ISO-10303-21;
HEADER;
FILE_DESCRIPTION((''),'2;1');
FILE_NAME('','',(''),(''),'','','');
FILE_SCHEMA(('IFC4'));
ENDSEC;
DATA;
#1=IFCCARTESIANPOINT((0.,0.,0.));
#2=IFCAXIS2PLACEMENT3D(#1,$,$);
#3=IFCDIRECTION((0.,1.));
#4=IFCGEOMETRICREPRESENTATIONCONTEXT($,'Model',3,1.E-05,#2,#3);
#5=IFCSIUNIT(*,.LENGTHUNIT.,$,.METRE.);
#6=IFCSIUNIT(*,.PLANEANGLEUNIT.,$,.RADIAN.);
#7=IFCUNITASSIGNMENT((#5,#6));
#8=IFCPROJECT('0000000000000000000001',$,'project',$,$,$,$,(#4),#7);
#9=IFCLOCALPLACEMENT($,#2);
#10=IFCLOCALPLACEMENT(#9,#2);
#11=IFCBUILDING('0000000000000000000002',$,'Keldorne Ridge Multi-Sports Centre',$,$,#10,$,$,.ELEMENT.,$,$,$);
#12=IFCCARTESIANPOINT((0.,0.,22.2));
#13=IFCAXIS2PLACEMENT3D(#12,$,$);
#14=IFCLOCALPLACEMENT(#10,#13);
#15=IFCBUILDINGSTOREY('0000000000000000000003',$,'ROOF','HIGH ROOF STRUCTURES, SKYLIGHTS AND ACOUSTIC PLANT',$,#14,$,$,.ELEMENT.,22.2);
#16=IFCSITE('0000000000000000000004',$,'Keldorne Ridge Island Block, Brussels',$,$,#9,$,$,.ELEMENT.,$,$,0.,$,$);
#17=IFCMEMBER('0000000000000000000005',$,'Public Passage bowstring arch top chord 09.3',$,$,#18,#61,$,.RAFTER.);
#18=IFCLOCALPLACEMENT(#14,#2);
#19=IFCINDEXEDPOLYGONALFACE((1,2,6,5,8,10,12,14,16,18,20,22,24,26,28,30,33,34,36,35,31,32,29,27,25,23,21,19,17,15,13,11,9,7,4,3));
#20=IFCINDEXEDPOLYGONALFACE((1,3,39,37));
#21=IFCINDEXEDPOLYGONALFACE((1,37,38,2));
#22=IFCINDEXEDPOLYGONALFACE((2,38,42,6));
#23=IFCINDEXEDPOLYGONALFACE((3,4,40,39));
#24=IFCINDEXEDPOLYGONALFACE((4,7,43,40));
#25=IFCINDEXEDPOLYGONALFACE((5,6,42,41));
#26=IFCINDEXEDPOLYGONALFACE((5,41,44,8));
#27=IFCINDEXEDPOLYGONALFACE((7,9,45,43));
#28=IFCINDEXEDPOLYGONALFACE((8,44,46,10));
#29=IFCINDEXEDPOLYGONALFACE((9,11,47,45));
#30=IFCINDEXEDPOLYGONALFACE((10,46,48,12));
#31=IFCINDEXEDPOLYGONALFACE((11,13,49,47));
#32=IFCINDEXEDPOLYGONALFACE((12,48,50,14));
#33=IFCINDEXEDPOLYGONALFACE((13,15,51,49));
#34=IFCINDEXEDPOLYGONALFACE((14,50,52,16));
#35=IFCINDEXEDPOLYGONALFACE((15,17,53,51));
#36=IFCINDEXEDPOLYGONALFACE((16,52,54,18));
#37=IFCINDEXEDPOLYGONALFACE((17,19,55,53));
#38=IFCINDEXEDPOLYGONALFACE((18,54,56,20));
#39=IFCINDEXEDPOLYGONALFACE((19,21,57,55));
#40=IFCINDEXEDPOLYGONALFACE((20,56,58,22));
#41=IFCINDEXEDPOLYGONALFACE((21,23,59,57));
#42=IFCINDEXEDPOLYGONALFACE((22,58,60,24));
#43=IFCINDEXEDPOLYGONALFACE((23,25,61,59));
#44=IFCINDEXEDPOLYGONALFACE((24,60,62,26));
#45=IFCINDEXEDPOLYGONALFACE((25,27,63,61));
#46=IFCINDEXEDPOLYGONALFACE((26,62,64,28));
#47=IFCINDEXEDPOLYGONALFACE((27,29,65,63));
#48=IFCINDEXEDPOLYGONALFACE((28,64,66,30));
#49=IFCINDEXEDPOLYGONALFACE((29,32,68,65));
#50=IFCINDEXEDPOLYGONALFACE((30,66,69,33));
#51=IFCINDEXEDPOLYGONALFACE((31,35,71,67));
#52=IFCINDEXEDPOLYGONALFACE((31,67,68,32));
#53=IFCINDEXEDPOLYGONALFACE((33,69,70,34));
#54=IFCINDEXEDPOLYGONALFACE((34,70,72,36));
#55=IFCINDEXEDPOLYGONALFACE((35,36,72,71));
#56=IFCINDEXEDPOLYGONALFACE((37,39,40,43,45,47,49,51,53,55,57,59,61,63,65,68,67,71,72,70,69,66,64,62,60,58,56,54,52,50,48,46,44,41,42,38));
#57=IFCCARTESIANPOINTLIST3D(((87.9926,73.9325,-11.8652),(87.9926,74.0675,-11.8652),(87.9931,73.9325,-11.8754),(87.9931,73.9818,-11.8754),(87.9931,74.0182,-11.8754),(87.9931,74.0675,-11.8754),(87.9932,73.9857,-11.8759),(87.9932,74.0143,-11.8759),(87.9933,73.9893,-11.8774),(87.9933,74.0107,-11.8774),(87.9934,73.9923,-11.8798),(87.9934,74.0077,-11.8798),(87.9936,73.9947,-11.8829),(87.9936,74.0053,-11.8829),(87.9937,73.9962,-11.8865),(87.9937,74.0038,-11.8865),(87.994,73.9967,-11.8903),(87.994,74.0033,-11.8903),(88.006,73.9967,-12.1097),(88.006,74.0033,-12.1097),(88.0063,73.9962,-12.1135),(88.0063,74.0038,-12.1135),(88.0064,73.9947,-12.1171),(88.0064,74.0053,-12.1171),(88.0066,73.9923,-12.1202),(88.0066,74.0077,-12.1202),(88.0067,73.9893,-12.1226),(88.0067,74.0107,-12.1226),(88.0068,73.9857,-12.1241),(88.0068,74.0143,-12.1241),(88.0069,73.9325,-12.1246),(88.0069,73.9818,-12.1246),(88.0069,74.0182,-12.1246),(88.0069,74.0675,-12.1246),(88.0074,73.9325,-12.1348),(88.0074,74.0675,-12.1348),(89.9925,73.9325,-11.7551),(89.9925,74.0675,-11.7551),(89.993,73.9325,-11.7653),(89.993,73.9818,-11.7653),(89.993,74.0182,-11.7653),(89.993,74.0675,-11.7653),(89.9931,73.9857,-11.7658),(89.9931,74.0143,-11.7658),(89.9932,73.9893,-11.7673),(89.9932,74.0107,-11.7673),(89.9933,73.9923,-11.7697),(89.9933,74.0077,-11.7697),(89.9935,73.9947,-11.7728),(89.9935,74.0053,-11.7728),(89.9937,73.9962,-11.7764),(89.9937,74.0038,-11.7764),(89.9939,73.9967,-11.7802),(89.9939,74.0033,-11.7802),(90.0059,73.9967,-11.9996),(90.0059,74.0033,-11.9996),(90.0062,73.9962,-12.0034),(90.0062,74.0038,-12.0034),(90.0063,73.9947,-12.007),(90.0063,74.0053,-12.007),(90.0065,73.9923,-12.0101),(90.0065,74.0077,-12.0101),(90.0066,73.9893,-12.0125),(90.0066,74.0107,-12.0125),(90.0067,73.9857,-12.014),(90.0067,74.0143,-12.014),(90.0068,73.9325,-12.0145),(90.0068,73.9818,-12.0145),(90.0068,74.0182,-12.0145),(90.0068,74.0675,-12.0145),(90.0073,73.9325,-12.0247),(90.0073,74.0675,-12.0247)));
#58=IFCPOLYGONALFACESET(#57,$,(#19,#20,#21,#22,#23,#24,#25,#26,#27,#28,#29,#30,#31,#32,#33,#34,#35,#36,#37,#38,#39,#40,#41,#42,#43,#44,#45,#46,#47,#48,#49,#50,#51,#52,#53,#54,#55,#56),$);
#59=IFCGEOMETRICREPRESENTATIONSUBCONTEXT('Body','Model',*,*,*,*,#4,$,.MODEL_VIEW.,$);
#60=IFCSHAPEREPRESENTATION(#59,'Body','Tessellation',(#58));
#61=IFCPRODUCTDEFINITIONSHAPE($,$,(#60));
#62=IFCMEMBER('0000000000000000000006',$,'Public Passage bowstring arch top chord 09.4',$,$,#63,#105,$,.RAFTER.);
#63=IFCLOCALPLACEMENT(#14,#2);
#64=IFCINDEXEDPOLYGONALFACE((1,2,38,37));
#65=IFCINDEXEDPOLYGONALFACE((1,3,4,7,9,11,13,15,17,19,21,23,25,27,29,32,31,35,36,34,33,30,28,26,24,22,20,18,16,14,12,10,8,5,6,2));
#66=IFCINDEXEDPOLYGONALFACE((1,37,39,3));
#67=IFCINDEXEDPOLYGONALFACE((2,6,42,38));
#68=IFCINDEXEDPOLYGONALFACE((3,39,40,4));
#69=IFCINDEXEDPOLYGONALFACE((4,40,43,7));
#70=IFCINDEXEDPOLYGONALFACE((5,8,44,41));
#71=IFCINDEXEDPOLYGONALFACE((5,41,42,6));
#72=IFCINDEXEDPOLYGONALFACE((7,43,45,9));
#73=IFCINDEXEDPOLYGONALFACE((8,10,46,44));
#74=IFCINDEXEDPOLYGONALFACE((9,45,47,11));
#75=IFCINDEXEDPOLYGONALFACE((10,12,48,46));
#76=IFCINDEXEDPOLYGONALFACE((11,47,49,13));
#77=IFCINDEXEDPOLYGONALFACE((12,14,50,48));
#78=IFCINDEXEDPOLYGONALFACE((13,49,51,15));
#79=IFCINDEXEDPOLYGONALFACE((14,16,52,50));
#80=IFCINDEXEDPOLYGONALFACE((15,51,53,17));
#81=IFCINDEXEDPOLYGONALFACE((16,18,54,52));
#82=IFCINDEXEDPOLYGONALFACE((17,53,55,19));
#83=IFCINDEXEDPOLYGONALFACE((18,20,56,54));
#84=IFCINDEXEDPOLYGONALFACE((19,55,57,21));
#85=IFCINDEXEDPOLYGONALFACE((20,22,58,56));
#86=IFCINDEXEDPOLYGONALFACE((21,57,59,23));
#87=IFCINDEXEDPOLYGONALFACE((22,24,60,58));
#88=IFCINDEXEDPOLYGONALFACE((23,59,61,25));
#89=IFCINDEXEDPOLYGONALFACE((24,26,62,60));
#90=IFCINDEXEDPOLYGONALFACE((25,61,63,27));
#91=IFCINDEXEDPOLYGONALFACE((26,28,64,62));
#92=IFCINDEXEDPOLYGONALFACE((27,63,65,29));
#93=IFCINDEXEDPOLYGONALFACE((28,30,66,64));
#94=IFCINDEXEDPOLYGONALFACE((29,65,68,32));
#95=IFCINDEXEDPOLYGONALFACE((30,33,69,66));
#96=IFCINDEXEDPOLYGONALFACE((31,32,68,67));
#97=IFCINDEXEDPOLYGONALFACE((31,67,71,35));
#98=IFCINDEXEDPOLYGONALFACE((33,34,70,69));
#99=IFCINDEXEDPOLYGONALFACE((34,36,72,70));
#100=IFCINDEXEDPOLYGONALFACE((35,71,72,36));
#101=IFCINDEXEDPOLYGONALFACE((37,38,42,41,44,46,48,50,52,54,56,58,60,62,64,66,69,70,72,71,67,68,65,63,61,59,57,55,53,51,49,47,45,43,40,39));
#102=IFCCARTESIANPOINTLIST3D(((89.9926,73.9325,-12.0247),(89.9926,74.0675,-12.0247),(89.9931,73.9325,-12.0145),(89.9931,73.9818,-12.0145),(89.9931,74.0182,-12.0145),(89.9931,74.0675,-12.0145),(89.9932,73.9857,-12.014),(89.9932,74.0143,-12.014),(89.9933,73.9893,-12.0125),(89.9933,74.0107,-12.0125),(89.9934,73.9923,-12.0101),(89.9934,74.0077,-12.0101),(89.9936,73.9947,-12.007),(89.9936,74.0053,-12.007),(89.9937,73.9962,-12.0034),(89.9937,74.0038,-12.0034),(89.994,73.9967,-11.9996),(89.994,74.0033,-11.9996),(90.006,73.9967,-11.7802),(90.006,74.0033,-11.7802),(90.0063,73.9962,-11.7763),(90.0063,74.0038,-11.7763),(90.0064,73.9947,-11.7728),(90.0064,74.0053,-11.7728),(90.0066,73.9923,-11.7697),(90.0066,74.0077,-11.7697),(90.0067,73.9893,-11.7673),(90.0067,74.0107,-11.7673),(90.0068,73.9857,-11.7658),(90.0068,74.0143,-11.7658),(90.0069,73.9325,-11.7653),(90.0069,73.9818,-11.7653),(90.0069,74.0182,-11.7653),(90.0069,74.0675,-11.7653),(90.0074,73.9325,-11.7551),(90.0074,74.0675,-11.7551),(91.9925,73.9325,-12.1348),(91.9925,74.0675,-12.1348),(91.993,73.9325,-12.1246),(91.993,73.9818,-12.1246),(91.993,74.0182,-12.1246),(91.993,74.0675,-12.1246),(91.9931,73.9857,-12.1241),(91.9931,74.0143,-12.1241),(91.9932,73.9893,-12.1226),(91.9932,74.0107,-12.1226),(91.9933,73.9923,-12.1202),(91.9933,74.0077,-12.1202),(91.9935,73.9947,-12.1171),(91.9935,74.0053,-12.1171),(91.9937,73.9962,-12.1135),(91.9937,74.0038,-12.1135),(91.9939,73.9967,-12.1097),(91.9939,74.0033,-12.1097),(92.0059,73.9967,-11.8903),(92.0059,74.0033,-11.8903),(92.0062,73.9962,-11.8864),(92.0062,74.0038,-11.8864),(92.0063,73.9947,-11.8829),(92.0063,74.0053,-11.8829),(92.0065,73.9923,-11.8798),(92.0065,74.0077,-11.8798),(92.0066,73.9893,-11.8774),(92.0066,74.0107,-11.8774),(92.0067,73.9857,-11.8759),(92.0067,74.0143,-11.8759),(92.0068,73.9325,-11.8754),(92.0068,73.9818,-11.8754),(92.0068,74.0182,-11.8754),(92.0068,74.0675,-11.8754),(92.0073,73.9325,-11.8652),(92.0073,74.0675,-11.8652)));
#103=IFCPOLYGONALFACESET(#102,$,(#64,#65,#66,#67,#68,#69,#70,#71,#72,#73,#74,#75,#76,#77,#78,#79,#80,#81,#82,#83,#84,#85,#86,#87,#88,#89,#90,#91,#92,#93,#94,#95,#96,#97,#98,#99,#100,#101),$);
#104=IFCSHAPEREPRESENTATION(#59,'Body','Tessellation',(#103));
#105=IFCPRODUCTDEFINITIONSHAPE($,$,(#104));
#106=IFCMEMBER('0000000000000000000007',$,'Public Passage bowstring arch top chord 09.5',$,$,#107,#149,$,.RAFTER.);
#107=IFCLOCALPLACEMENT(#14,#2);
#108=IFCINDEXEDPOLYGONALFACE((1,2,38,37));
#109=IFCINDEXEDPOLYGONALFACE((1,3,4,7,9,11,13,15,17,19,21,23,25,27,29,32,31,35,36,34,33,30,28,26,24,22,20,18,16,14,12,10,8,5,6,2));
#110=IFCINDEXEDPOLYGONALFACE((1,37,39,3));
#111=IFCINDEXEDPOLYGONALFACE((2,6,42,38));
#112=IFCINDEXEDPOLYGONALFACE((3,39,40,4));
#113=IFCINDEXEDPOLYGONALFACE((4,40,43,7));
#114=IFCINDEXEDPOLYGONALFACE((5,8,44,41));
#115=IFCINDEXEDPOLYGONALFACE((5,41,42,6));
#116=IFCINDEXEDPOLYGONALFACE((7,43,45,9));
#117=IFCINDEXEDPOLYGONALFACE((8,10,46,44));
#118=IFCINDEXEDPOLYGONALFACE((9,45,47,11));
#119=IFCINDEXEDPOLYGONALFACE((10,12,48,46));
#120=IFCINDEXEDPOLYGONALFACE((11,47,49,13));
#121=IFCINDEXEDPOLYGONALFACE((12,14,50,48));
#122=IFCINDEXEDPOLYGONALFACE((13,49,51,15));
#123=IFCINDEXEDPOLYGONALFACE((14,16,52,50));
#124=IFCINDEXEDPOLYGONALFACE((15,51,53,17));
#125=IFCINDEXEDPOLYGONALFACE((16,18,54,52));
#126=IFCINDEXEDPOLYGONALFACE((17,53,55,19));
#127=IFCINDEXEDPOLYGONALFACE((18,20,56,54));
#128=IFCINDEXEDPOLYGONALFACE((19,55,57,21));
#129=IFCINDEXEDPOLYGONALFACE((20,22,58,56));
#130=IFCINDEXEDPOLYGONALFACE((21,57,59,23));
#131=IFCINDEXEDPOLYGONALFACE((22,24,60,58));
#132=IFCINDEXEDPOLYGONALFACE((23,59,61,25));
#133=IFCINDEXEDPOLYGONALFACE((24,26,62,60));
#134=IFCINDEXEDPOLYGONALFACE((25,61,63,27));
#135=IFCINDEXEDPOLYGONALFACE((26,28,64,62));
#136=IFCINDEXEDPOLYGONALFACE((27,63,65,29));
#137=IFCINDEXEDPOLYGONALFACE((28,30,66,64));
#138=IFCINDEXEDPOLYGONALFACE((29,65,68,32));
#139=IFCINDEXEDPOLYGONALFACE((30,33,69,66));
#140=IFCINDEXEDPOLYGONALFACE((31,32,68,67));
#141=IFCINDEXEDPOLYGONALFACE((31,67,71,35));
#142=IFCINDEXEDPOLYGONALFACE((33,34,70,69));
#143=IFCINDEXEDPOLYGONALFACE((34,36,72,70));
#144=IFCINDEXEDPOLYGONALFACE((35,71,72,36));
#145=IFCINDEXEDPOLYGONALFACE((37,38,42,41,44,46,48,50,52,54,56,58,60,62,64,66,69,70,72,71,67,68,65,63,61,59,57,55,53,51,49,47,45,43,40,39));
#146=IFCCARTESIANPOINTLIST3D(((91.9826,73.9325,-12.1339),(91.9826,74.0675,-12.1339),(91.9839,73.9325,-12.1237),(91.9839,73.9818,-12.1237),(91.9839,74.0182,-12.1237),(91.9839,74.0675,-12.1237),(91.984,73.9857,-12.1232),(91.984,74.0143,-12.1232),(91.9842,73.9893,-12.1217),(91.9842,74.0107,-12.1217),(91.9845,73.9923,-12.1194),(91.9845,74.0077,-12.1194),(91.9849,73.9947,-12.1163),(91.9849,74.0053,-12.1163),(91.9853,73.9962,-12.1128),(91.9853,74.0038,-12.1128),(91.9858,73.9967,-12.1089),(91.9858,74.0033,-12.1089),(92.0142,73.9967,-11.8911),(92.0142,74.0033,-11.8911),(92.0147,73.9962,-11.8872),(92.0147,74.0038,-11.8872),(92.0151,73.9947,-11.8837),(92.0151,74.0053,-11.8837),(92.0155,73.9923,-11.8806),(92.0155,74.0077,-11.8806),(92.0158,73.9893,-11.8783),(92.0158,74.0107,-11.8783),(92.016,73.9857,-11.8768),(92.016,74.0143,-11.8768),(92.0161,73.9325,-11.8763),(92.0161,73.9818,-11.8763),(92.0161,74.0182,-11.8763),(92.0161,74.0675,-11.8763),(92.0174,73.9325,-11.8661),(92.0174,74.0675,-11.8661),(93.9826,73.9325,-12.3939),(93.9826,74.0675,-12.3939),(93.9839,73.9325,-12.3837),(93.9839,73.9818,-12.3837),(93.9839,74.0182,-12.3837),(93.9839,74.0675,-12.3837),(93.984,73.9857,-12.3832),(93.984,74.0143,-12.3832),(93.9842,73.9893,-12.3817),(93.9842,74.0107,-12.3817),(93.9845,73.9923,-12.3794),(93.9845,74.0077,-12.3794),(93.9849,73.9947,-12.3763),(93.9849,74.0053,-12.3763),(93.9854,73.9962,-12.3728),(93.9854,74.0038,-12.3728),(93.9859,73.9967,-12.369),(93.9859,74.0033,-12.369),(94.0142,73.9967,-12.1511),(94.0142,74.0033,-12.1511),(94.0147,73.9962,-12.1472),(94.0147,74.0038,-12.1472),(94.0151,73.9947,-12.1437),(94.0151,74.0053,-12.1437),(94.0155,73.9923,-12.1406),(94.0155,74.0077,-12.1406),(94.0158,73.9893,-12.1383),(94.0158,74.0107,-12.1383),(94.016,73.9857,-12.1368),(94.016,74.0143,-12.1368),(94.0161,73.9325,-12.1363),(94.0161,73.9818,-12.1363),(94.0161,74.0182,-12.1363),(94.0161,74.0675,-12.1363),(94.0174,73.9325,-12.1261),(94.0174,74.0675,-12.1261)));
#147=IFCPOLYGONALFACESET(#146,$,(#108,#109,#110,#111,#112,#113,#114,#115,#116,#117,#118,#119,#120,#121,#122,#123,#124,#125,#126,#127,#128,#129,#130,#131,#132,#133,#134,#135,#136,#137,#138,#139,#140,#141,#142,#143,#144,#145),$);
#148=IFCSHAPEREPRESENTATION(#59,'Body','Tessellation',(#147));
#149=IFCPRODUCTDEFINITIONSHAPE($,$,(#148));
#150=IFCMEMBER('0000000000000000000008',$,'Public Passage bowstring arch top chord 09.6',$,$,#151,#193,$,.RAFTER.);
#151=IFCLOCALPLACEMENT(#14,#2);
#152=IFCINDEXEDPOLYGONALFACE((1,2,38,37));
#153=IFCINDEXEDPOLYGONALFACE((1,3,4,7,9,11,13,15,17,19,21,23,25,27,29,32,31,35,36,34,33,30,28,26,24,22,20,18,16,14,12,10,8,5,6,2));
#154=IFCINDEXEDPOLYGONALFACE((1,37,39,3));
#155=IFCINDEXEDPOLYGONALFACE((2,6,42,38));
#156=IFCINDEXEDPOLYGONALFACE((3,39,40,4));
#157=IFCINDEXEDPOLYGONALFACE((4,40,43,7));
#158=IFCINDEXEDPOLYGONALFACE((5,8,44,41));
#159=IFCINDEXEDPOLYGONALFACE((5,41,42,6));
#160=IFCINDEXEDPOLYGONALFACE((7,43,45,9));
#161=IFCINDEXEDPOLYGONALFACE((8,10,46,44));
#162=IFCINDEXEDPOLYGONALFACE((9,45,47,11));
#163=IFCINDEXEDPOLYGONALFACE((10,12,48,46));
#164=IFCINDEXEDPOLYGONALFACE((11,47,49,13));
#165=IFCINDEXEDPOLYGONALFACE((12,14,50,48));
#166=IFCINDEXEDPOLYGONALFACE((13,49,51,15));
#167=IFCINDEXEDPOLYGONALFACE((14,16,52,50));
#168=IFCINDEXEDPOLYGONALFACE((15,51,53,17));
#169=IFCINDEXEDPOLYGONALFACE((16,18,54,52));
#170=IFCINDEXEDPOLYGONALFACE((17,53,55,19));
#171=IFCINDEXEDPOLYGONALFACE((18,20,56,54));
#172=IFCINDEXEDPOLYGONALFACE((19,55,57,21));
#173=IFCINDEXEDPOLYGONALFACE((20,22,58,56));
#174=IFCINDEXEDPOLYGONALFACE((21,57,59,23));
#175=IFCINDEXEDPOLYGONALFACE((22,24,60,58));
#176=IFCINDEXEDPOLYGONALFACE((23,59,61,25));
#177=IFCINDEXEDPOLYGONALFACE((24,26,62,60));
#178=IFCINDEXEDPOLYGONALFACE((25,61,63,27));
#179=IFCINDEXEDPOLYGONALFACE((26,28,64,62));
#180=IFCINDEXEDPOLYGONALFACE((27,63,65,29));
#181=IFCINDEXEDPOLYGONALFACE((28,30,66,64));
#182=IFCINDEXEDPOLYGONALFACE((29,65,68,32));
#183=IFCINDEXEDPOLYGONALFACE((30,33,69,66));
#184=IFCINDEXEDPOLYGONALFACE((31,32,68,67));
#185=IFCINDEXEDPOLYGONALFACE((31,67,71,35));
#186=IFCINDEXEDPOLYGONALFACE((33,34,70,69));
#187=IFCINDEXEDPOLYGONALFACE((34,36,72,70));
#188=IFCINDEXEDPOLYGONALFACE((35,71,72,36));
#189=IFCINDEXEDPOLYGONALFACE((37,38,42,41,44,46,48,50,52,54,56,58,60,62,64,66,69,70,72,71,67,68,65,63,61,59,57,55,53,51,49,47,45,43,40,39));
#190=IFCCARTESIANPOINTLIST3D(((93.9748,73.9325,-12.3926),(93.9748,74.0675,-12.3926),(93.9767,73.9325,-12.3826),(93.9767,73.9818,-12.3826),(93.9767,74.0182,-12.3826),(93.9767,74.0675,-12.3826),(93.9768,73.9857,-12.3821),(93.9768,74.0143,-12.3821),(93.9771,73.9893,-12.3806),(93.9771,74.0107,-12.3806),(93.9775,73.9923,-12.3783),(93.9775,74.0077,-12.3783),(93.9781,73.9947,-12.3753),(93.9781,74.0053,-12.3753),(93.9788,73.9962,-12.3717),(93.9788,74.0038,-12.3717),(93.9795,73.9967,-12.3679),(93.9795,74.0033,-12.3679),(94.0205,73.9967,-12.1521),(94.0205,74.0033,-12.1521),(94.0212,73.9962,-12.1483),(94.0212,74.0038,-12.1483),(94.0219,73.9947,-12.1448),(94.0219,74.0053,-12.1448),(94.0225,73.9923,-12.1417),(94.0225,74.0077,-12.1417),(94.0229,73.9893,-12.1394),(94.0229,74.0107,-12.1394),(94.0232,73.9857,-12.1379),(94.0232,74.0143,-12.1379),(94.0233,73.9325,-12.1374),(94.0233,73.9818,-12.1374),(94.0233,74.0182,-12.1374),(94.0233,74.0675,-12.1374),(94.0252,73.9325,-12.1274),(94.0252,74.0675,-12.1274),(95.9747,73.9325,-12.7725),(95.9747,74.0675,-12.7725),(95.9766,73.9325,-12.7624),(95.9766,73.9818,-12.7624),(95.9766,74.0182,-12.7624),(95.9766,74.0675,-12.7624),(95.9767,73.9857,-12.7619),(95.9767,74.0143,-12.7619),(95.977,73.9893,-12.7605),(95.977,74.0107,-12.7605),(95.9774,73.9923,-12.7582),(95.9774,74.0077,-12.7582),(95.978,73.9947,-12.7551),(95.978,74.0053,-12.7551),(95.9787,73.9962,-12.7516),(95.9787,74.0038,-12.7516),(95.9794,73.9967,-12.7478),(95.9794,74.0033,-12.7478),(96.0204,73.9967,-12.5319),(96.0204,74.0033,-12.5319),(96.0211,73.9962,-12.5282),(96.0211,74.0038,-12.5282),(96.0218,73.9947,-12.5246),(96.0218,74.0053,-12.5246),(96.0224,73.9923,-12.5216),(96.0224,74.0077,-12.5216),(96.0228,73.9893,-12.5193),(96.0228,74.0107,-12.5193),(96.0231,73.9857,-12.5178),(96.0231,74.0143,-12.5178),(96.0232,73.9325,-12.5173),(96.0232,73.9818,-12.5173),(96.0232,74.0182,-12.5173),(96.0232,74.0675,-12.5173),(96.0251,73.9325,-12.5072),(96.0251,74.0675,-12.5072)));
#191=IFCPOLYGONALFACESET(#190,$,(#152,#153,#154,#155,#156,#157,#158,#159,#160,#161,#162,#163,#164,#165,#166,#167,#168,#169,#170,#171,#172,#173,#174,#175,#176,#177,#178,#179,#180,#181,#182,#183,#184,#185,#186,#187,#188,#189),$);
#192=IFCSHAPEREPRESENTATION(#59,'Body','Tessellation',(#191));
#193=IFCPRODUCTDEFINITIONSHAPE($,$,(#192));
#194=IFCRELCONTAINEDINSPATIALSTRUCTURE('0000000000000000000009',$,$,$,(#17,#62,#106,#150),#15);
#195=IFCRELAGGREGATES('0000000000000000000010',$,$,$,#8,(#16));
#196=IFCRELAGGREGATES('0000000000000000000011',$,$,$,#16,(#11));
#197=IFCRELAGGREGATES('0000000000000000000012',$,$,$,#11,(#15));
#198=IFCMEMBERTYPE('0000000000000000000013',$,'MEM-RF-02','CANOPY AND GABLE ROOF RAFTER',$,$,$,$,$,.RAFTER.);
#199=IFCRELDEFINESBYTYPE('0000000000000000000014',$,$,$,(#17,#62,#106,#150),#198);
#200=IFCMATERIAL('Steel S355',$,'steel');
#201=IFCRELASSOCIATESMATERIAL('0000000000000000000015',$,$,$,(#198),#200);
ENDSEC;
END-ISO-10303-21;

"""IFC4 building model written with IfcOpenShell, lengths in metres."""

from ifc_helpers import new_model, si_unit, direction, frame, origin, origin_2d, place, context, subcontext, project, spatial, i_section, extrude, material, material_profile, profile_set, type_object, element, save


model = new_model("IFC4")

# Units and contexts
model_context = context("Model", 3, precision=1e-05, world=origin(), true_north=direction((0.0, 1.0)))
body_context = subcontext(model_context, "Body", "Model", "MODEL_VIEW")
ifc_project = project(units=[si_unit("LENGTHUNIT", "METRE"), si_unit("PLANEANGLEUNIT", "RADIAN")], contexts=[model_context])

# Site, building, storey
site_placement = place(None, origin())
site = spatial("IfcSite", under=ifc_project, at=site_placement, Name="Keldorne Ridge Island Block, Brussels", CompositionType="ELEMENT", RefElevation=0.0)
building_placement = place(site_placement, origin())
building = spatial("IfcBuilding", under=site, at=building_placement, Name="Keldorne Ridge Multi-Sports Centre", CompositionType="ELEMENT")
storey_placement = place(building_placement, frame((0.0, 0.0, 22.2)))
storey = spatial("IfcBuildingStorey", under=building, at=storey_placement, Name="ROOF", Description="HIGH ROOF STRUCTURES, SKYLIGHTS AND ACOUSTIC PLANT", CompositionType="ELEMENT", Elevation=22.2)

# Members
ifc_material = material(Name="Steel S355", Category="steel")
ifc_material_profile_1 = material_profile(ifc_material, i_section(OverallWidth=0.135, OverallDepth=0.27, WebThickness=0.0066, FlangeThickness=0.0103, FilletRadius=0.0149, at=origin_2d()), Name="IPE 270")
ifc_profile_set_1 = profile_set([ifc_material_profile_1], Name="Steel S355")
member_type_1 = type_object("IfcMemberType", Name="MEM-RF-02", Description="CANOPY AND GABLE ROOF RAFTER", PredefinedType="RAFTER", material=ifc_profile_set_1)
for number, where, z_axis, x_axis, name in (
    (1, (88.0, 74.0, -12.0), (0.998488, 0.0, 0.05497), (0.0, 1.0, 0.0), "Public Passage bowstring arch top chord 09.3"),
    (2, (90.0, 74.0, -11.8899), (0.998488, 0.0, -0.05497), (0.0, 1.0, 0.0), "Public Passage bowstring arch top chord 09.4"),
):
    element("IfcMember", number, at=place(storey_placement, frame(where, z_axis=z_axis, x_axis=x_axis)), inside=storey, type_object=member_type_1, Name=name, PredefinedType="RAFTER", context=body_context, shape_type="SweptSolid", body=[
        extrude(i_section(OverallWidth=0.135, OverallDepth=0.27, WebThickness=0.0066, FlangeThickness=0.0103, FilletRadius=0.0149, at=origin_2d()), origin(), (0.0, 0.0, 1.0), 2.0029),
    ])
member_1_placement = place(storey_placement, frame((92.0, 74.0, -12.0), z_axis=(0.991655, 0.0, -0.12892), x_axis=(0.0, 1.0, 0.0)))
element("IfcMember", 3, at=member_1_placement, inside=storey, type_object=member_type_1, Name="Public Passage bowstring arch top chord 09.5", PredefinedType="RAFTER", context=body_context, shape_type="SweptSolid", body=[
    extrude(i_section(OverallWidth=0.135, OverallDepth=0.27, WebThickness=0.0066, FlangeThickness=0.0103, FilletRadius=0.0149, at=origin_2d()), origin(), (0.0, 0.0, 1.0), 2.0168),
])
for number, where, z_axis, x_axis, name in (
    (4, (94.0, 74.0, -12.26), (0.982435, 0.0, -0.186605), (0.0, 1.0, 0.0), "Public Passage bowstring arch top chord 09.6"),
):
    element("IfcMember", number, at=place(storey_placement, frame(where, z_axis=z_axis, x_axis=x_axis)), inside=storey, type_object=member_type_1, Name=name, PredefinedType="RAFTER", context=body_context, shape_type="SweptSolid", body=[
        extrude(i_section(OverallWidth=0.135, OverallDepth=0.27, WebThickness=0.0066, FlangeThickness=0.0103, FilletRadius=0.0149, at=origin_2d()), origin(), (0.0, 0.0, 1.0), 2.0356),
    ])

save(model, "model.ifc")
